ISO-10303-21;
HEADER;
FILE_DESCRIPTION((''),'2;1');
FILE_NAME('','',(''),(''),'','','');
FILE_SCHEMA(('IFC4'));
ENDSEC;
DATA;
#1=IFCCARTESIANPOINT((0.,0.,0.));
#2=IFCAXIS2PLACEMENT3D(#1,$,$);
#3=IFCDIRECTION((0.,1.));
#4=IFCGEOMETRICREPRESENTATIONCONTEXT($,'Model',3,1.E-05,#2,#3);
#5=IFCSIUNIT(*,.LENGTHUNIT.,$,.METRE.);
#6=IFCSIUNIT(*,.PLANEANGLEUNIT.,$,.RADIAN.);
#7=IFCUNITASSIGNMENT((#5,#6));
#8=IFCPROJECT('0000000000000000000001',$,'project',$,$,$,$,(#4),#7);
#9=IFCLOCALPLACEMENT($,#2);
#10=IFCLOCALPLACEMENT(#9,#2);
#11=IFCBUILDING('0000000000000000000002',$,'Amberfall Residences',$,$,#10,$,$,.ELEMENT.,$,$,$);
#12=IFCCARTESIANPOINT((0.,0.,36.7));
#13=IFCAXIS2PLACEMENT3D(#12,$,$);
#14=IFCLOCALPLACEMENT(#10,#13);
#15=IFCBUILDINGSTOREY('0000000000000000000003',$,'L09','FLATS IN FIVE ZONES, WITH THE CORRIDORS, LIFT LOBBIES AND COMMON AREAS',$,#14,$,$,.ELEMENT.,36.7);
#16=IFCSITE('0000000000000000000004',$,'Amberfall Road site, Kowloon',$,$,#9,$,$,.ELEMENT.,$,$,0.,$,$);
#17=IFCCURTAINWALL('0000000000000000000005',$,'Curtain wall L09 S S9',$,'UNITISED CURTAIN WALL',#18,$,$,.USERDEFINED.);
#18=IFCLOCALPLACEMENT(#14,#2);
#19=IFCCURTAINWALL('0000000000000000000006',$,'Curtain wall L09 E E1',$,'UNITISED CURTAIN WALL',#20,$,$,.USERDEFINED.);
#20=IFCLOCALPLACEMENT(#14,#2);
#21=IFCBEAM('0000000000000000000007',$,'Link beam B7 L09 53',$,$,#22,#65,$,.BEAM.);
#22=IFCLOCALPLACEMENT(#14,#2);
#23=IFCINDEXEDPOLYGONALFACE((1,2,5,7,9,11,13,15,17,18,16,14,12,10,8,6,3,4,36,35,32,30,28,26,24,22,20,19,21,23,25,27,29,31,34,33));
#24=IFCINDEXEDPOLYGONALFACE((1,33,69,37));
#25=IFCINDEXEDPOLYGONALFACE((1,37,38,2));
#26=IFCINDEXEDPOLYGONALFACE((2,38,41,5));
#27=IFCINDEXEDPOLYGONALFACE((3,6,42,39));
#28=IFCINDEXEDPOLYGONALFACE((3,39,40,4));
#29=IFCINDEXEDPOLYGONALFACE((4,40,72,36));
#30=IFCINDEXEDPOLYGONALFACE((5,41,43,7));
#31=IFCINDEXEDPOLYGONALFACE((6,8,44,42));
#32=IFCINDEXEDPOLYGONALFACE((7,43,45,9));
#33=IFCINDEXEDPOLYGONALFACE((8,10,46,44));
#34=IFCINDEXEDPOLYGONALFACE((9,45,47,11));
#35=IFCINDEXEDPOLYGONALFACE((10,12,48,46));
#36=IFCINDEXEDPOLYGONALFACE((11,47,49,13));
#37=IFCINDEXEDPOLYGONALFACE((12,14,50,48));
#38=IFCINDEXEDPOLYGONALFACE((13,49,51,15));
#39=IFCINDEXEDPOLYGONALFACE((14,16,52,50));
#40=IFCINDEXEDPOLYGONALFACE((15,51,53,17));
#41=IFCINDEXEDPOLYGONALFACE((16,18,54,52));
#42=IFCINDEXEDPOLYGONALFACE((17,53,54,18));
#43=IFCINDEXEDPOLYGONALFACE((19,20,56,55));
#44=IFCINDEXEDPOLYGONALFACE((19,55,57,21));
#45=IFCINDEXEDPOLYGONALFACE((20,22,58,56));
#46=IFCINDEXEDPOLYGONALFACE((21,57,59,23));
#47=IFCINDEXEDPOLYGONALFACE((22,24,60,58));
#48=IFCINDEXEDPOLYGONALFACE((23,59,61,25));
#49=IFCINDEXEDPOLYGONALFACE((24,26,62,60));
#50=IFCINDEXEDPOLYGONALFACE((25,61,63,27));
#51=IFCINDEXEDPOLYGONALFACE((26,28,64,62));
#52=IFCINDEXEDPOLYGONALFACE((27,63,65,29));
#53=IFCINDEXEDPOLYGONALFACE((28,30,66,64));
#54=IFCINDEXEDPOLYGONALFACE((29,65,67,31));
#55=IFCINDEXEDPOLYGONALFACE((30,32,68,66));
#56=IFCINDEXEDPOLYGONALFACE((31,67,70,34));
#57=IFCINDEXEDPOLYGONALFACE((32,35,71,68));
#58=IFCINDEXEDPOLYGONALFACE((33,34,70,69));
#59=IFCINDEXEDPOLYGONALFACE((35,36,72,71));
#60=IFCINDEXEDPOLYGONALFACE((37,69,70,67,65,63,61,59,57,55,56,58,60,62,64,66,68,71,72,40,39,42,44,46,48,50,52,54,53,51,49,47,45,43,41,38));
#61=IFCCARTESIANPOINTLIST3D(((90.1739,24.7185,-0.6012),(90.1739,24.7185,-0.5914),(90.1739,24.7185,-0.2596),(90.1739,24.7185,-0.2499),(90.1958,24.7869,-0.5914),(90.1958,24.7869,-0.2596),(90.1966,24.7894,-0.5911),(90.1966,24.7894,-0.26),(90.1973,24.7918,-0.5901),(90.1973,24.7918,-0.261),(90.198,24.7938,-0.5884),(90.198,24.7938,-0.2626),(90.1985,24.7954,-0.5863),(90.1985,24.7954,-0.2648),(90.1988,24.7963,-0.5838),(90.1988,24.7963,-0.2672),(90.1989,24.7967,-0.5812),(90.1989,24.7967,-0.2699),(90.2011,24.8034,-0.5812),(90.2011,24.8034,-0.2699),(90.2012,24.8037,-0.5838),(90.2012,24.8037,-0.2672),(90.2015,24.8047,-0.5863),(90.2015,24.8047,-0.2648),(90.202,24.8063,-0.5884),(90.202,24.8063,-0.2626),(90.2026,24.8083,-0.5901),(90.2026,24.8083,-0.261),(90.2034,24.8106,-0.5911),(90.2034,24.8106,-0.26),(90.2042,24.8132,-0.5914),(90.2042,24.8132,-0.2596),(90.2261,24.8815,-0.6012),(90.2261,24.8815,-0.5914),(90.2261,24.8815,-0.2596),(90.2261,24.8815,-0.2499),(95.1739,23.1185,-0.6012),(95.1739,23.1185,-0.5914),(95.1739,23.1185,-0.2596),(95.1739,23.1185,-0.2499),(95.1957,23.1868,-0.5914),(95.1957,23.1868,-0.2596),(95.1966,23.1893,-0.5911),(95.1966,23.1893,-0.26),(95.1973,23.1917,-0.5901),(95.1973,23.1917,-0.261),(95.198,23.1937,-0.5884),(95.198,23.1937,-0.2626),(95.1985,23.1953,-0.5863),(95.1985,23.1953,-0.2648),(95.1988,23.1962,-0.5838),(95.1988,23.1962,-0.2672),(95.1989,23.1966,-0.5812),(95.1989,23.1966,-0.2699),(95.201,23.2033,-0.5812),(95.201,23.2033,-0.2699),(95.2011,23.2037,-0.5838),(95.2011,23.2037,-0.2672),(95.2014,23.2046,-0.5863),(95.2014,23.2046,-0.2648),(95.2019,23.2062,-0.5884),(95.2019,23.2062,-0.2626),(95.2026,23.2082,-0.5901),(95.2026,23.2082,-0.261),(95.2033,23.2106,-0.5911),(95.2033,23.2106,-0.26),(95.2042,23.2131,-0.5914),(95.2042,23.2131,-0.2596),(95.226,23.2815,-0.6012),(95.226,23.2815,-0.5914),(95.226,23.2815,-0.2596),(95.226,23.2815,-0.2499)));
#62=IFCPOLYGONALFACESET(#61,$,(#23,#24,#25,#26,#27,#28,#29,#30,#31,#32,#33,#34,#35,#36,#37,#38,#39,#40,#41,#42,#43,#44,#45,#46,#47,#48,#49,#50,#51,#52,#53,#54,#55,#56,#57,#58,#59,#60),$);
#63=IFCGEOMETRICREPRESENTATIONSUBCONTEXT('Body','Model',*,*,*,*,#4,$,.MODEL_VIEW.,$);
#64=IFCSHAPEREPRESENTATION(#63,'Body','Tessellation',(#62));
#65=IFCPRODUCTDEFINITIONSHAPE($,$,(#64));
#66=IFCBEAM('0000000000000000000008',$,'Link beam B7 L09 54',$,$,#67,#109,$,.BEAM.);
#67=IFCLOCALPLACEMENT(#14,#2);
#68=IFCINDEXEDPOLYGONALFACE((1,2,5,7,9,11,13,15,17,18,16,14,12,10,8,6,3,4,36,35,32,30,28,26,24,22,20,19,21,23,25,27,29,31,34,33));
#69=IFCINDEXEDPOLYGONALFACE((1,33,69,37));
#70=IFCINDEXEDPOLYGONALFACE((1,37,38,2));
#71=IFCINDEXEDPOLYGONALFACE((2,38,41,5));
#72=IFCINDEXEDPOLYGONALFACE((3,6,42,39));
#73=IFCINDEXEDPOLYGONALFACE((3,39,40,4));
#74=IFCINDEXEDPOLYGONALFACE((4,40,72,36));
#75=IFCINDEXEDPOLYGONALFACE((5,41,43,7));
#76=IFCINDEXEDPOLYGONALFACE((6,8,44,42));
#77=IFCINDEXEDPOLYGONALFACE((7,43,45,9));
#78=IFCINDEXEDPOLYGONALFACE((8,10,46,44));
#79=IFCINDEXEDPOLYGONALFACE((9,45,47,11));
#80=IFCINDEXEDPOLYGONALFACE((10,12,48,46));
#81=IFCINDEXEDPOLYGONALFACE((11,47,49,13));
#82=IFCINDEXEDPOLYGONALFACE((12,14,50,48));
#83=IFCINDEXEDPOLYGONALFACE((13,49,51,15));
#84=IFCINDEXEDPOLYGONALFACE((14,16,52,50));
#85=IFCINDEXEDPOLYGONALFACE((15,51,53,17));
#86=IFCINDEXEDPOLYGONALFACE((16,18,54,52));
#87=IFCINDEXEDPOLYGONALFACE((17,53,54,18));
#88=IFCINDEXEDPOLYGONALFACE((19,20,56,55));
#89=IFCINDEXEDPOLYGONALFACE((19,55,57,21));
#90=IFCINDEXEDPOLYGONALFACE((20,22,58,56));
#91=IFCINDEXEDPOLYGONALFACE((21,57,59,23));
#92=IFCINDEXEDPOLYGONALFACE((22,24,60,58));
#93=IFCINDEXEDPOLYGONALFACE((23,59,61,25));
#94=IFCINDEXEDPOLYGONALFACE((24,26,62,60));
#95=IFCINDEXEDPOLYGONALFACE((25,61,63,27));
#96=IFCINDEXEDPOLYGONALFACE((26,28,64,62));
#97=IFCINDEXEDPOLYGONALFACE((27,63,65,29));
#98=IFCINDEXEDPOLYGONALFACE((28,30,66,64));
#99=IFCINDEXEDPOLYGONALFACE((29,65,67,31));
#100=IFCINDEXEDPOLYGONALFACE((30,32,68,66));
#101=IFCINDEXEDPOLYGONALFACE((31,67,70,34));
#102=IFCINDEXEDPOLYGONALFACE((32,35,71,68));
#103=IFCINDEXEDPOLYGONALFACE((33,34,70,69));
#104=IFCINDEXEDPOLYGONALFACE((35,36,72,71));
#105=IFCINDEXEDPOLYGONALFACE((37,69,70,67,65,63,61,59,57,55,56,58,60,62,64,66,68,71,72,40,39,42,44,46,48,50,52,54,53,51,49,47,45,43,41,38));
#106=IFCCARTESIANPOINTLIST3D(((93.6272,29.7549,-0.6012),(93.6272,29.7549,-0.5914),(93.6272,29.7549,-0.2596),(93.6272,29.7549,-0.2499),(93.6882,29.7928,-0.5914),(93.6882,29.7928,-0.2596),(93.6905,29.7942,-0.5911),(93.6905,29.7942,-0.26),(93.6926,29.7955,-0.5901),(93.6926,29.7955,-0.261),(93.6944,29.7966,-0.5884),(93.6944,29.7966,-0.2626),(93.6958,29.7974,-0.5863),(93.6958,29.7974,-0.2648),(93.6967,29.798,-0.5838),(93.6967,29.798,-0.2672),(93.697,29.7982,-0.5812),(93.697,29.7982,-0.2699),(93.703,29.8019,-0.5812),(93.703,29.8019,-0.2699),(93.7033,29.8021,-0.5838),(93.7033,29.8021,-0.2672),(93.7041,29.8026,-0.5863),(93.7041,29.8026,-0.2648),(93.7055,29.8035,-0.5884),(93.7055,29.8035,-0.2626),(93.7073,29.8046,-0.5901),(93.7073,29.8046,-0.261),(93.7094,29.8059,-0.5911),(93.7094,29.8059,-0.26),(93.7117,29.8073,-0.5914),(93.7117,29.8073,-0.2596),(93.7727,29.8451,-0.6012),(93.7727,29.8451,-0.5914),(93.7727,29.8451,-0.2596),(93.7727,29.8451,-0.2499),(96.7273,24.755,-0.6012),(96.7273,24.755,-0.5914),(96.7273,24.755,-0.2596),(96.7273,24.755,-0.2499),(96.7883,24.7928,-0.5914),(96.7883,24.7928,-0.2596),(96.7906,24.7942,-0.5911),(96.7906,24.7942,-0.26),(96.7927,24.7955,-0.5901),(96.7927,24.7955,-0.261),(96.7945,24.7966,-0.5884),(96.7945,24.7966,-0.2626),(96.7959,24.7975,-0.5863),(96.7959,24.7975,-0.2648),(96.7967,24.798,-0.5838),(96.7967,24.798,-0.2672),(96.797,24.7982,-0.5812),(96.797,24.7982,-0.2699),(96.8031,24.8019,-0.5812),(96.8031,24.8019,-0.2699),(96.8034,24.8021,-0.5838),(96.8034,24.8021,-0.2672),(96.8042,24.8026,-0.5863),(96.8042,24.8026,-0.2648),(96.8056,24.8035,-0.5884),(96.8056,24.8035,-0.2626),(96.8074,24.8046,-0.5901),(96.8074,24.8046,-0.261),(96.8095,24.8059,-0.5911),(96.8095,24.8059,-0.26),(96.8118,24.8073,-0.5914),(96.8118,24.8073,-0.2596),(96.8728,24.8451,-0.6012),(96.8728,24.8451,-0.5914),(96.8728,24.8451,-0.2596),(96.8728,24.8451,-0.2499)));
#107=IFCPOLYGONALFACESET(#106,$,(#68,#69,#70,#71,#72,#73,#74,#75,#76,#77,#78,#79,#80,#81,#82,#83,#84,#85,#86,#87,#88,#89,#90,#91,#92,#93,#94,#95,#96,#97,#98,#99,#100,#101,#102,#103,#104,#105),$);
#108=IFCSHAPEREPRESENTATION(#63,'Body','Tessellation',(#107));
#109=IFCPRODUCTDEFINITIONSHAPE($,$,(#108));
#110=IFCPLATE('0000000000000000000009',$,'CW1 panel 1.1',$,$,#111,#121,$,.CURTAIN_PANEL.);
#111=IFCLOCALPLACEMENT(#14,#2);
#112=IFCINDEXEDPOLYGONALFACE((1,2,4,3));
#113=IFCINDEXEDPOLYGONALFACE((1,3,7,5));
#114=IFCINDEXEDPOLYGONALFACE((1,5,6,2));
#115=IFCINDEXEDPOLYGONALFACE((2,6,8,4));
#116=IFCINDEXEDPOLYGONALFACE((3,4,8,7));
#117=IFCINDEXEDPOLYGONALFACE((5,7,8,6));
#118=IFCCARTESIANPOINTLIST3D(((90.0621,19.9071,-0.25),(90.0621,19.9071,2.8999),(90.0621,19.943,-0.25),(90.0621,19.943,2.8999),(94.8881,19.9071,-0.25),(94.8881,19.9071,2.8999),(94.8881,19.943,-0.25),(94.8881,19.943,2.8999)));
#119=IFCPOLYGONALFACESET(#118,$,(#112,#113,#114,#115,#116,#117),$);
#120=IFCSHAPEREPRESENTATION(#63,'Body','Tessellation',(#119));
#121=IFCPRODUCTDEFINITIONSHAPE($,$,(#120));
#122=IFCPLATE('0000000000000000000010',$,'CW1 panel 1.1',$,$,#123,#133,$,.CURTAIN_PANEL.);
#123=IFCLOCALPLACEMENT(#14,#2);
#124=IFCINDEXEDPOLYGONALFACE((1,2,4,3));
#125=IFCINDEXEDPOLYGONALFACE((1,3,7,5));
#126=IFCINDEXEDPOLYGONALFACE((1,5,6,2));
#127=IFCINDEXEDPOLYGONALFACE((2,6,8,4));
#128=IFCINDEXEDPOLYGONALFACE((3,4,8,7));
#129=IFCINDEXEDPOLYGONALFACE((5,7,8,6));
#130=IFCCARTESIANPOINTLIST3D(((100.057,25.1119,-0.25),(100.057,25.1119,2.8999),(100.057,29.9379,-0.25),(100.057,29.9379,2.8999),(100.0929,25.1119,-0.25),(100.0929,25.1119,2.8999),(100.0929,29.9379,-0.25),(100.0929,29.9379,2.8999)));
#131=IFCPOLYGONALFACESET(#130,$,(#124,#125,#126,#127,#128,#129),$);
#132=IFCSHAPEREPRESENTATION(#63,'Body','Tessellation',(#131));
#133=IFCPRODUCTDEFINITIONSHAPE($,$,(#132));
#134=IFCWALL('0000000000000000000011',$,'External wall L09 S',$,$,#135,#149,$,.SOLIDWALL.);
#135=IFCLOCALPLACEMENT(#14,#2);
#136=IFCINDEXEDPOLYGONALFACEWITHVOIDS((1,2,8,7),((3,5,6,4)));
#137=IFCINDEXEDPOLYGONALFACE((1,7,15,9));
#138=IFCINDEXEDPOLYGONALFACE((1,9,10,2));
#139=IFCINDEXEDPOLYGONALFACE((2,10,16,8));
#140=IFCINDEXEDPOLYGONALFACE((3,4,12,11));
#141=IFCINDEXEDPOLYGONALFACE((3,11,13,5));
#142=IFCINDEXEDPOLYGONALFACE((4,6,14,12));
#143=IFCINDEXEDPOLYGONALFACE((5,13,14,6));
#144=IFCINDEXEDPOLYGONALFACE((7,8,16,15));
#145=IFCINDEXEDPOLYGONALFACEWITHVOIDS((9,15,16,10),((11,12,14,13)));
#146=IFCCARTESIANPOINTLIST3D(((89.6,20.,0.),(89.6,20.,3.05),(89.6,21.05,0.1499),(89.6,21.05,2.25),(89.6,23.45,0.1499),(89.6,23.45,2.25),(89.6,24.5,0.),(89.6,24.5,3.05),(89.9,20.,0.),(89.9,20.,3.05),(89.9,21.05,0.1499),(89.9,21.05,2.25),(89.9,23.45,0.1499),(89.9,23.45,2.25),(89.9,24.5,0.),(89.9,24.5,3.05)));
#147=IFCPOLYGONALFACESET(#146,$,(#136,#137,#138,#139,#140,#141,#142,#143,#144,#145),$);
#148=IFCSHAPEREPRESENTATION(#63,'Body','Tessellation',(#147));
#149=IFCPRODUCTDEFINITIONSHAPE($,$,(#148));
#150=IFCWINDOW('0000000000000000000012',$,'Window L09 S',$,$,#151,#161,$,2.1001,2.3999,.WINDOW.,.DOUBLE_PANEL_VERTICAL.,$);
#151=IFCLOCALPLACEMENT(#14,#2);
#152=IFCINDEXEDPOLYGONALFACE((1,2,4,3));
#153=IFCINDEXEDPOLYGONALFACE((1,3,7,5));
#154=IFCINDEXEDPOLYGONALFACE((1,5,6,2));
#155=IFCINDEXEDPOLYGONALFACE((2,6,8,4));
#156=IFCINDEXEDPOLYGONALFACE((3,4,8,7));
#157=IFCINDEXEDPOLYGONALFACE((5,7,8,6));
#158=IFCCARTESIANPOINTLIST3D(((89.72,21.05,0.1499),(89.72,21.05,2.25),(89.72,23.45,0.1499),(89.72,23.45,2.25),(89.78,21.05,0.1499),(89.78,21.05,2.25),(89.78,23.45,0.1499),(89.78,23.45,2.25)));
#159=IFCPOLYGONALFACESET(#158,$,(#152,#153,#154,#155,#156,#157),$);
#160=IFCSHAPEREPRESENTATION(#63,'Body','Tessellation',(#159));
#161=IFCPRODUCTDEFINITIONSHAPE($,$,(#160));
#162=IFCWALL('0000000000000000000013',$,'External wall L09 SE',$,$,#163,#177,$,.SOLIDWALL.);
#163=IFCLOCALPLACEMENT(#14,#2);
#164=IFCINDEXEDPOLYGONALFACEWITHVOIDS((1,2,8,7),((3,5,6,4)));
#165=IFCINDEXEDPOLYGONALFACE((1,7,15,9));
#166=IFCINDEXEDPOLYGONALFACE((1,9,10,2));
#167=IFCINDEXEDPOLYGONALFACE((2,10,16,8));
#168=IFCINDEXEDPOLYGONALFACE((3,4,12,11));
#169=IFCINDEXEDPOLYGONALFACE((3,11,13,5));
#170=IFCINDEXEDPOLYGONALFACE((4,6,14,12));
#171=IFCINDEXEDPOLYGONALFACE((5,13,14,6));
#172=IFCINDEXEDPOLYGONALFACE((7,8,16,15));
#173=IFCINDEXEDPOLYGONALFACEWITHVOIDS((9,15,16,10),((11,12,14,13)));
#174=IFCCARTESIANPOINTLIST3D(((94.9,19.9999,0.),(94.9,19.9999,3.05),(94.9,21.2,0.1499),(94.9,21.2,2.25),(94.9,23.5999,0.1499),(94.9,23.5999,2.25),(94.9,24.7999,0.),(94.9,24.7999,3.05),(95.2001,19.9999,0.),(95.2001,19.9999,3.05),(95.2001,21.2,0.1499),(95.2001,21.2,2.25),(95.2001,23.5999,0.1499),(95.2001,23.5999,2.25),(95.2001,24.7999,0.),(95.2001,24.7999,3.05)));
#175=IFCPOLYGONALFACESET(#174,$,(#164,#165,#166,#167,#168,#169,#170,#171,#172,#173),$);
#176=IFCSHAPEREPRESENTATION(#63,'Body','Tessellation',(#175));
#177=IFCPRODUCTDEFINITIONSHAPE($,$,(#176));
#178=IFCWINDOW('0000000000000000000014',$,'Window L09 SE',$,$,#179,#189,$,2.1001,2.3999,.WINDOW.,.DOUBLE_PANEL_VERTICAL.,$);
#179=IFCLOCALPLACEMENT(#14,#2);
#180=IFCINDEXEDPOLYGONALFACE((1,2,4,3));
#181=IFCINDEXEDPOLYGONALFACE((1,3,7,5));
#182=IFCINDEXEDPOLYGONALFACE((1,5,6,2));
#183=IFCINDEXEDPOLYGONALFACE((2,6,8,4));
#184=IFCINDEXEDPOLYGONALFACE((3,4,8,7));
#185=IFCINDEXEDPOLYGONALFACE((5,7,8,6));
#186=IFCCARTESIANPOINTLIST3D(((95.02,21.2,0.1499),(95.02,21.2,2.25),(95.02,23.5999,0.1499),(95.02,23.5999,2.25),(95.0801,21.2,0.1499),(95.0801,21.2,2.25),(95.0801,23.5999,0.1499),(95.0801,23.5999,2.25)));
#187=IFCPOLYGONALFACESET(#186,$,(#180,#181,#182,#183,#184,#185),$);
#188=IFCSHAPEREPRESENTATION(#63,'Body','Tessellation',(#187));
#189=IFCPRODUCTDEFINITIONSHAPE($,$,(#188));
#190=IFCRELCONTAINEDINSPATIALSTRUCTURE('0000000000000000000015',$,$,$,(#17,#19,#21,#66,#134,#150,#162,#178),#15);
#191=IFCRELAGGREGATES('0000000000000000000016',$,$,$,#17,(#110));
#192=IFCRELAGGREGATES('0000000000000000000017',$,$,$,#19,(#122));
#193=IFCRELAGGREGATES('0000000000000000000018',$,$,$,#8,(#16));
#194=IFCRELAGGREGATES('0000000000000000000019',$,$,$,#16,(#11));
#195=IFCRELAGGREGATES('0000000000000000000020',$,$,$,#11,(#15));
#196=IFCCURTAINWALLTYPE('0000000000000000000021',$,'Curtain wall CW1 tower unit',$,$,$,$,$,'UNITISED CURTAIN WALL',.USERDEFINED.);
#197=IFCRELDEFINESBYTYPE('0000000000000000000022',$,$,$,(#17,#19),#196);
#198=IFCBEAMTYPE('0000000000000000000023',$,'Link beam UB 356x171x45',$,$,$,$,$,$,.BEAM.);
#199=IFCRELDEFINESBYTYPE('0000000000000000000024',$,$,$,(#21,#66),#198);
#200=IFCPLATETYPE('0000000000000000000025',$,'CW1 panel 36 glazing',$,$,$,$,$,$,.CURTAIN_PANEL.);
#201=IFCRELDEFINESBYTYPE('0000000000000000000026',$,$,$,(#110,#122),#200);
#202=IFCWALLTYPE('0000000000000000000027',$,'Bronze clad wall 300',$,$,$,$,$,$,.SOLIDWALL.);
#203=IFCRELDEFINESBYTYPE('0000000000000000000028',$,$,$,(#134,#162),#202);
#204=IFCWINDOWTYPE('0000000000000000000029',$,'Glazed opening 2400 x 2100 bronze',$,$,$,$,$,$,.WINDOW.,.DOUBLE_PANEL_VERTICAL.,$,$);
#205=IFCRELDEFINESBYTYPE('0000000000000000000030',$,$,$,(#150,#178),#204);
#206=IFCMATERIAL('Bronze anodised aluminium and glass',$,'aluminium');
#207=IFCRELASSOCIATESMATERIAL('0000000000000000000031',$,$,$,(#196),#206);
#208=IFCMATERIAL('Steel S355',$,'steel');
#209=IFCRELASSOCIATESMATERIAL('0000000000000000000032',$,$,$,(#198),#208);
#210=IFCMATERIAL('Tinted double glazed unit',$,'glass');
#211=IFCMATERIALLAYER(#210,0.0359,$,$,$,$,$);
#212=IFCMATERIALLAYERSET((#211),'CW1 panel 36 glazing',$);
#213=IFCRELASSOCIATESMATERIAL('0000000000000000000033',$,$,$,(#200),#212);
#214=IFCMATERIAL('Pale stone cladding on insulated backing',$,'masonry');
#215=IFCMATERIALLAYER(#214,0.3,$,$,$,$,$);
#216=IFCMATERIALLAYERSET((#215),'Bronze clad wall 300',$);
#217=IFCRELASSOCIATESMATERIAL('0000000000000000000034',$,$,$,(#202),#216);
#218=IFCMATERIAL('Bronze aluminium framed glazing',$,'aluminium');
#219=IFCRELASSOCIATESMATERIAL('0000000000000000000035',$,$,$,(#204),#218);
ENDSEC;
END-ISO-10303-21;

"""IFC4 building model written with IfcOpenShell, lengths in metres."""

from ifc_helpers import new_model, si_unit, direction, frame, frame_2d, origin, origin_2d, place, context, subcontext, project, spatial, rectangle, i_section, extrude, material, layer, layer_set, material_profile, profile_set, type_object, element, fill, aggregate, save


model = new_model("IFC4")

# Units and contexts
model_context = context("Model", 3, precision=1e-05, world=origin(), true_north=direction((0.0, 1.0)))
body_context = subcontext(model_context, "Body", "Model", "MODEL_VIEW")
ifc_project = project(units=[si_unit("LENGTHUNIT", "METRE"), si_unit("PLANEANGLEUNIT", "RADIAN")], contexts=[model_context])

# Site, building, storey
site_placement = place(None, origin())
site = spatial("IfcSite", under=ifc_project, at=site_placement, Name="Amberfall Road site, Kowloon", CompositionType="ELEMENT", RefElevation=0.0)
building_placement = place(site_placement, origin())
building = spatial("IfcBuilding", under=site, at=building_placement, Name="Amberfall Residences", CompositionType="ELEMENT")
storey_placement = place(building_placement, frame((0.0, 0.0, 36.7)))
storey = spatial("IfcBuildingStorey", under=building, at=storey_placement, Name="L09", Description="FLATS IN FIVE ZONES, WITH THE CORRIDORS, LIFT LOBBIES AND COMMON AREAS", CompositionType="ELEMENT", Elevation=36.7)

# Curtain walls
ifc_material_1 = material(Name="Bronze anodised aluminium and glass", Category="aluminium")
curtain_wall_type = type_object("IfcCurtainWallType", Name="Curtain wall CW1 tower unit", ElementType="UNITISED CURTAIN WALL", PredefinedType="USERDEFINED", material=ifc_material_1)
curtain_wall_1_placement = place(storey_placement, origin())
curtain_wall_1 = element("IfcCurtainWall", 1, at=curtain_wall_1_placement, inside=storey, type_object=curtain_wall_type, Name="Curtain wall L09 S S9", ObjectType="UNITISED CURTAIN WALL", PredefinedType="USERDEFINED")
curtain_wall_2_placement = place(storey_placement, origin())
curtain_wall_2 = element("IfcCurtainWall", 2, at=curtain_wall_2_placement, inside=storey, type_object=curtain_wall_type, Name="Curtain wall L09 E E1", ObjectType="UNITISED CURTAIN WALL", PredefinedType="USERDEFINED")

# Beams
ifc_material_2 = material(Name="Steel S355", Category="steel")
ifc_material_profile_1 = material_profile(ifc_material_2, i_section(OverallWidth=0.1711, OverallDepth=0.3513, WebThickness=0.0071, FlangeThickness=0.0098, FilletRadius=0.0103, at=origin_2d()), Name="UB 356x171x45")
ifc_profile_set_1 = profile_set([ifc_material_profile_1], Name="Steel S355")
beam_type_1 = type_object("IfcBeamType", Name="Link beam UB 356x171x45", PredefinedType="BEAM", material=ifc_profile_set_1)
beam_1_placement = place(storey_placement, frame((95.2, 23.2, -0.4255), z_axis=(-0.952419, 0.304793, 0.0), x_axis=(-0.304793, -0.952419, 0.0)))
element("IfcBeam", 3, at=beam_1_placement, inside=storey, type_object=beam_type_1, Name="Link beam B7 L09 53", PredefinedType="BEAM", context=body_context, shape_type="SweptSolid", body=[
    extrude(i_section(OverallWidth=0.1711, OverallDepth=0.3513, WebThickness=0.0071, FlangeThickness=0.0098, FilletRadius=0.0103, at=origin_2d()), origin(), (0.0, 0.0, 1.0), 5.2498),
])
beam_2_placement = place(storey_placement, frame((96.8, 24.8, -0.4255), z_axis=(-0.526952, 0.849895, 0.0), x_axis=(-0.849895, -0.526952, 0.0)))
element("IfcBeam", 4, at=beam_2_placement, inside=storey, type_object=beam_type_1, Name="Link beam B7 L09 54", PredefinedType="BEAM", context=body_context, shape_type="SweptSolid", body=[
    extrude(i_section(OverallWidth=0.1711, OverallDepth=0.3513, WebThickness=0.0071, FlangeThickness=0.0098, FilletRadius=0.0103, at=origin_2d()), origin(), (0.0, 0.0, 1.0), 5.8831),
])

# Plates
ifc_material_3 = material(Name="Tinted double glazed unit", Category="glass")
ifc_layer_1 = layer(ifc_material_3, 0.0359)
ifc_layer_set_1 = layer_set([ifc_layer_1], Name="CW1 panel 36 glazing")
plate_type = type_object("IfcPlateType", Name="CW1 panel 36 glazing", PredefinedType="CURTAIN_PANEL", material=ifc_layer_set_1)
plate_1_placement = place(storey_placement, frame((92.4751, 19.925, -0.25), z_axis=(0.0, 0.0, 1.0), x_axis=(1.0, 0.0, 0.0)))
plate_1 = element("IfcPlate", 5, at=plate_1_placement, type_object=plate_type, Name="CW1 panel 1.1", PredefinedType="CURTAIN_PANEL", context=body_context, shape_type="SweptSolid", body=[
    extrude(rectangle(XDim=4.8259, YDim=0.0359, at=origin_2d()), origin(), (0.0, 0.0, 1.0), 3.1499),
])
aggregate(curtain_wall_1, [plate_1])
plate_2_placement = place(storey_placement, frame((100.075, 27.5249, -0.25), z_axis=(0.0, 0.0, 1.0), x_axis=(0.0, 1.0, 0.0)))
plate_2 = element("IfcPlate", 6, at=plate_2_placement, type_object=plate_type, Name="CW1 panel 1.1", PredefinedType="CURTAIN_PANEL", context=body_context, shape_type="SweptSolid", body=[
    extrude(rectangle(XDim=4.8259, YDim=0.0359, at=origin_2d()), origin(), (0.0, 0.0, 1.0), 3.1499),
])
aggregate(curtain_wall_2, [plate_2])

# Walls, openings, windows
ifc_material_4 = material(Name="Pale stone cladding on insulated backing", Category="masonry")
ifc_layer_2 = layer(ifc_material_4, 0.3)
ifc_layer_set_2 = layer_set([ifc_layer_2], Name="Bronze clad wall 300")
wall_type_1 = type_object("IfcWallType", Name="Bronze clad wall 300", PredefinedType="SOLIDWALL", material=ifc_layer_set_2)
wall_1_placement = place(storey_placement, frame((89.75, 24.5, 0.0), z_axis=(0.0, 0.0, 1.0), x_axis=(0.0, -1.0, 0.0)))
wall_1 = element("IfcWall", 7, at=wall_1_placement, inside=storey, type_object=wall_type_1, Name="External wall L09 S", PredefinedType="SOLIDWALL", context=body_context, shape_type="SweptSolid", body=[
    extrude(rectangle(XDim=4.5, YDim=0.3, at=frame_2d((2.25, 0.0))), origin(), (0.0, 0.0, 1.0), 3.05),
])
opening_1_placement = place(wall_1_placement, frame((1.05, 0.0, 0.1499)))
opening_1 = element("IfcOpeningElement", 8, at=opening_1_placement, cuts=wall_1, PredefinedType="OPENING", context=body_context, shape_type="SweptSolid", body=[
    extrude(rectangle(XDim=2.3999, YDim=2.1001, at=frame_2d((1.2, 1.05))), frame((0.0, 0.1599, 0.0), z_axis=(0.0, -1.0, 0.0), x_axis=(1.0, 0.0, 0.0)), (0.0, 0.0, 1.0), 0.3201),
])
ifc_material_5 = material(Name="Bronze aluminium framed glazing", Category="aluminium")
window_type_1 = type_object("IfcWindowType", Name="Glazed opening 2400 x 2100 bronze", PartitioningType="DOUBLE_PANEL_VERTICAL", PredefinedType="WINDOW", material=ifc_material_5)
window_1_placement = place(opening_1_placement, origin())
window_1 = element("IfcWindow", 9, at=window_1_placement, inside=storey, type_object=window_type_1, Name="Window L09 S", OverallHeight=2.1001, OverallWidth=2.3999, PartitioningType="DOUBLE_PANEL_VERTICAL", PredefinedType="WINDOW", context=body_context, shape_type="SweptSolid", body=[
    extrude(rectangle(XDim=2.3999, YDim=2.1001, at=frame_2d((1.2, 1.05))), frame((0.0, 0.03, 0.0), z_axis=(0.0, -1.0, 0.0), x_axis=(1.0, 0.0, 0.0)), (0.0, 0.0, 1.0), 0.0601),
])
fill(opening_1, window_1)
wall_2_placement = place(storey_placement, frame((95.05, 20.0, 0.0), z_axis=(0.0, 0.0, 1.0), x_axis=(0.0, 1.0, 0.0)))
wall_2 = element("IfcWall", 10, at=wall_2_placement, inside=storey, type_object=wall_type_1, Name="External wall L09 SE", PredefinedType="SOLIDWALL", context=body_context, shape_type="SweptSolid", body=[
    extrude(rectangle(XDim=4.8, YDim=0.3, at=frame_2d((2.3999, 0.0))), origin(), (0.0, 0.0, 1.0), 3.05),
])
opening_2_placement = place(wall_2_placement, frame((1.2, 0.0, 0.1499)))
opening_2 = element("IfcOpeningElement", 11, at=opening_2_placement, cuts=wall_2, PredefinedType="OPENING", context=body_context, shape_type="SweptSolid", body=[
    extrude(rectangle(XDim=2.3999, YDim=2.1001, at=frame_2d((1.2, 1.05))), frame((0.0, 0.1599, 0.0), z_axis=(0.0, -1.0, 0.0), x_axis=(1.0, 0.0, 0.0)), (0.0, 0.0, 1.0), 0.3201),
])
window_2_placement = place(opening_2_placement, origin())
window_2 = element("IfcWindow", 12, at=window_2_placement, inside=storey, type_object=window_type_1, Name="Window L09 SE", OverallHeight=2.1001, OverallWidth=2.3999, PartitioningType="DOUBLE_PANEL_VERTICAL", PredefinedType="WINDOW", context=body_context, shape_type="SweptSolid", body=[
    extrude(rectangle(XDim=2.3999, YDim=2.1001, at=frame_2d((1.2, 1.05))), frame((0.0, 0.03, 0.0), z_axis=(0.0, -1.0, 0.0), x_axis=(1.0, 0.0, 0.0)), (0.0, 0.0, 1.0), 0.0601),
])
fill(opening_2, window_2)

save(model, "model.ifc")
